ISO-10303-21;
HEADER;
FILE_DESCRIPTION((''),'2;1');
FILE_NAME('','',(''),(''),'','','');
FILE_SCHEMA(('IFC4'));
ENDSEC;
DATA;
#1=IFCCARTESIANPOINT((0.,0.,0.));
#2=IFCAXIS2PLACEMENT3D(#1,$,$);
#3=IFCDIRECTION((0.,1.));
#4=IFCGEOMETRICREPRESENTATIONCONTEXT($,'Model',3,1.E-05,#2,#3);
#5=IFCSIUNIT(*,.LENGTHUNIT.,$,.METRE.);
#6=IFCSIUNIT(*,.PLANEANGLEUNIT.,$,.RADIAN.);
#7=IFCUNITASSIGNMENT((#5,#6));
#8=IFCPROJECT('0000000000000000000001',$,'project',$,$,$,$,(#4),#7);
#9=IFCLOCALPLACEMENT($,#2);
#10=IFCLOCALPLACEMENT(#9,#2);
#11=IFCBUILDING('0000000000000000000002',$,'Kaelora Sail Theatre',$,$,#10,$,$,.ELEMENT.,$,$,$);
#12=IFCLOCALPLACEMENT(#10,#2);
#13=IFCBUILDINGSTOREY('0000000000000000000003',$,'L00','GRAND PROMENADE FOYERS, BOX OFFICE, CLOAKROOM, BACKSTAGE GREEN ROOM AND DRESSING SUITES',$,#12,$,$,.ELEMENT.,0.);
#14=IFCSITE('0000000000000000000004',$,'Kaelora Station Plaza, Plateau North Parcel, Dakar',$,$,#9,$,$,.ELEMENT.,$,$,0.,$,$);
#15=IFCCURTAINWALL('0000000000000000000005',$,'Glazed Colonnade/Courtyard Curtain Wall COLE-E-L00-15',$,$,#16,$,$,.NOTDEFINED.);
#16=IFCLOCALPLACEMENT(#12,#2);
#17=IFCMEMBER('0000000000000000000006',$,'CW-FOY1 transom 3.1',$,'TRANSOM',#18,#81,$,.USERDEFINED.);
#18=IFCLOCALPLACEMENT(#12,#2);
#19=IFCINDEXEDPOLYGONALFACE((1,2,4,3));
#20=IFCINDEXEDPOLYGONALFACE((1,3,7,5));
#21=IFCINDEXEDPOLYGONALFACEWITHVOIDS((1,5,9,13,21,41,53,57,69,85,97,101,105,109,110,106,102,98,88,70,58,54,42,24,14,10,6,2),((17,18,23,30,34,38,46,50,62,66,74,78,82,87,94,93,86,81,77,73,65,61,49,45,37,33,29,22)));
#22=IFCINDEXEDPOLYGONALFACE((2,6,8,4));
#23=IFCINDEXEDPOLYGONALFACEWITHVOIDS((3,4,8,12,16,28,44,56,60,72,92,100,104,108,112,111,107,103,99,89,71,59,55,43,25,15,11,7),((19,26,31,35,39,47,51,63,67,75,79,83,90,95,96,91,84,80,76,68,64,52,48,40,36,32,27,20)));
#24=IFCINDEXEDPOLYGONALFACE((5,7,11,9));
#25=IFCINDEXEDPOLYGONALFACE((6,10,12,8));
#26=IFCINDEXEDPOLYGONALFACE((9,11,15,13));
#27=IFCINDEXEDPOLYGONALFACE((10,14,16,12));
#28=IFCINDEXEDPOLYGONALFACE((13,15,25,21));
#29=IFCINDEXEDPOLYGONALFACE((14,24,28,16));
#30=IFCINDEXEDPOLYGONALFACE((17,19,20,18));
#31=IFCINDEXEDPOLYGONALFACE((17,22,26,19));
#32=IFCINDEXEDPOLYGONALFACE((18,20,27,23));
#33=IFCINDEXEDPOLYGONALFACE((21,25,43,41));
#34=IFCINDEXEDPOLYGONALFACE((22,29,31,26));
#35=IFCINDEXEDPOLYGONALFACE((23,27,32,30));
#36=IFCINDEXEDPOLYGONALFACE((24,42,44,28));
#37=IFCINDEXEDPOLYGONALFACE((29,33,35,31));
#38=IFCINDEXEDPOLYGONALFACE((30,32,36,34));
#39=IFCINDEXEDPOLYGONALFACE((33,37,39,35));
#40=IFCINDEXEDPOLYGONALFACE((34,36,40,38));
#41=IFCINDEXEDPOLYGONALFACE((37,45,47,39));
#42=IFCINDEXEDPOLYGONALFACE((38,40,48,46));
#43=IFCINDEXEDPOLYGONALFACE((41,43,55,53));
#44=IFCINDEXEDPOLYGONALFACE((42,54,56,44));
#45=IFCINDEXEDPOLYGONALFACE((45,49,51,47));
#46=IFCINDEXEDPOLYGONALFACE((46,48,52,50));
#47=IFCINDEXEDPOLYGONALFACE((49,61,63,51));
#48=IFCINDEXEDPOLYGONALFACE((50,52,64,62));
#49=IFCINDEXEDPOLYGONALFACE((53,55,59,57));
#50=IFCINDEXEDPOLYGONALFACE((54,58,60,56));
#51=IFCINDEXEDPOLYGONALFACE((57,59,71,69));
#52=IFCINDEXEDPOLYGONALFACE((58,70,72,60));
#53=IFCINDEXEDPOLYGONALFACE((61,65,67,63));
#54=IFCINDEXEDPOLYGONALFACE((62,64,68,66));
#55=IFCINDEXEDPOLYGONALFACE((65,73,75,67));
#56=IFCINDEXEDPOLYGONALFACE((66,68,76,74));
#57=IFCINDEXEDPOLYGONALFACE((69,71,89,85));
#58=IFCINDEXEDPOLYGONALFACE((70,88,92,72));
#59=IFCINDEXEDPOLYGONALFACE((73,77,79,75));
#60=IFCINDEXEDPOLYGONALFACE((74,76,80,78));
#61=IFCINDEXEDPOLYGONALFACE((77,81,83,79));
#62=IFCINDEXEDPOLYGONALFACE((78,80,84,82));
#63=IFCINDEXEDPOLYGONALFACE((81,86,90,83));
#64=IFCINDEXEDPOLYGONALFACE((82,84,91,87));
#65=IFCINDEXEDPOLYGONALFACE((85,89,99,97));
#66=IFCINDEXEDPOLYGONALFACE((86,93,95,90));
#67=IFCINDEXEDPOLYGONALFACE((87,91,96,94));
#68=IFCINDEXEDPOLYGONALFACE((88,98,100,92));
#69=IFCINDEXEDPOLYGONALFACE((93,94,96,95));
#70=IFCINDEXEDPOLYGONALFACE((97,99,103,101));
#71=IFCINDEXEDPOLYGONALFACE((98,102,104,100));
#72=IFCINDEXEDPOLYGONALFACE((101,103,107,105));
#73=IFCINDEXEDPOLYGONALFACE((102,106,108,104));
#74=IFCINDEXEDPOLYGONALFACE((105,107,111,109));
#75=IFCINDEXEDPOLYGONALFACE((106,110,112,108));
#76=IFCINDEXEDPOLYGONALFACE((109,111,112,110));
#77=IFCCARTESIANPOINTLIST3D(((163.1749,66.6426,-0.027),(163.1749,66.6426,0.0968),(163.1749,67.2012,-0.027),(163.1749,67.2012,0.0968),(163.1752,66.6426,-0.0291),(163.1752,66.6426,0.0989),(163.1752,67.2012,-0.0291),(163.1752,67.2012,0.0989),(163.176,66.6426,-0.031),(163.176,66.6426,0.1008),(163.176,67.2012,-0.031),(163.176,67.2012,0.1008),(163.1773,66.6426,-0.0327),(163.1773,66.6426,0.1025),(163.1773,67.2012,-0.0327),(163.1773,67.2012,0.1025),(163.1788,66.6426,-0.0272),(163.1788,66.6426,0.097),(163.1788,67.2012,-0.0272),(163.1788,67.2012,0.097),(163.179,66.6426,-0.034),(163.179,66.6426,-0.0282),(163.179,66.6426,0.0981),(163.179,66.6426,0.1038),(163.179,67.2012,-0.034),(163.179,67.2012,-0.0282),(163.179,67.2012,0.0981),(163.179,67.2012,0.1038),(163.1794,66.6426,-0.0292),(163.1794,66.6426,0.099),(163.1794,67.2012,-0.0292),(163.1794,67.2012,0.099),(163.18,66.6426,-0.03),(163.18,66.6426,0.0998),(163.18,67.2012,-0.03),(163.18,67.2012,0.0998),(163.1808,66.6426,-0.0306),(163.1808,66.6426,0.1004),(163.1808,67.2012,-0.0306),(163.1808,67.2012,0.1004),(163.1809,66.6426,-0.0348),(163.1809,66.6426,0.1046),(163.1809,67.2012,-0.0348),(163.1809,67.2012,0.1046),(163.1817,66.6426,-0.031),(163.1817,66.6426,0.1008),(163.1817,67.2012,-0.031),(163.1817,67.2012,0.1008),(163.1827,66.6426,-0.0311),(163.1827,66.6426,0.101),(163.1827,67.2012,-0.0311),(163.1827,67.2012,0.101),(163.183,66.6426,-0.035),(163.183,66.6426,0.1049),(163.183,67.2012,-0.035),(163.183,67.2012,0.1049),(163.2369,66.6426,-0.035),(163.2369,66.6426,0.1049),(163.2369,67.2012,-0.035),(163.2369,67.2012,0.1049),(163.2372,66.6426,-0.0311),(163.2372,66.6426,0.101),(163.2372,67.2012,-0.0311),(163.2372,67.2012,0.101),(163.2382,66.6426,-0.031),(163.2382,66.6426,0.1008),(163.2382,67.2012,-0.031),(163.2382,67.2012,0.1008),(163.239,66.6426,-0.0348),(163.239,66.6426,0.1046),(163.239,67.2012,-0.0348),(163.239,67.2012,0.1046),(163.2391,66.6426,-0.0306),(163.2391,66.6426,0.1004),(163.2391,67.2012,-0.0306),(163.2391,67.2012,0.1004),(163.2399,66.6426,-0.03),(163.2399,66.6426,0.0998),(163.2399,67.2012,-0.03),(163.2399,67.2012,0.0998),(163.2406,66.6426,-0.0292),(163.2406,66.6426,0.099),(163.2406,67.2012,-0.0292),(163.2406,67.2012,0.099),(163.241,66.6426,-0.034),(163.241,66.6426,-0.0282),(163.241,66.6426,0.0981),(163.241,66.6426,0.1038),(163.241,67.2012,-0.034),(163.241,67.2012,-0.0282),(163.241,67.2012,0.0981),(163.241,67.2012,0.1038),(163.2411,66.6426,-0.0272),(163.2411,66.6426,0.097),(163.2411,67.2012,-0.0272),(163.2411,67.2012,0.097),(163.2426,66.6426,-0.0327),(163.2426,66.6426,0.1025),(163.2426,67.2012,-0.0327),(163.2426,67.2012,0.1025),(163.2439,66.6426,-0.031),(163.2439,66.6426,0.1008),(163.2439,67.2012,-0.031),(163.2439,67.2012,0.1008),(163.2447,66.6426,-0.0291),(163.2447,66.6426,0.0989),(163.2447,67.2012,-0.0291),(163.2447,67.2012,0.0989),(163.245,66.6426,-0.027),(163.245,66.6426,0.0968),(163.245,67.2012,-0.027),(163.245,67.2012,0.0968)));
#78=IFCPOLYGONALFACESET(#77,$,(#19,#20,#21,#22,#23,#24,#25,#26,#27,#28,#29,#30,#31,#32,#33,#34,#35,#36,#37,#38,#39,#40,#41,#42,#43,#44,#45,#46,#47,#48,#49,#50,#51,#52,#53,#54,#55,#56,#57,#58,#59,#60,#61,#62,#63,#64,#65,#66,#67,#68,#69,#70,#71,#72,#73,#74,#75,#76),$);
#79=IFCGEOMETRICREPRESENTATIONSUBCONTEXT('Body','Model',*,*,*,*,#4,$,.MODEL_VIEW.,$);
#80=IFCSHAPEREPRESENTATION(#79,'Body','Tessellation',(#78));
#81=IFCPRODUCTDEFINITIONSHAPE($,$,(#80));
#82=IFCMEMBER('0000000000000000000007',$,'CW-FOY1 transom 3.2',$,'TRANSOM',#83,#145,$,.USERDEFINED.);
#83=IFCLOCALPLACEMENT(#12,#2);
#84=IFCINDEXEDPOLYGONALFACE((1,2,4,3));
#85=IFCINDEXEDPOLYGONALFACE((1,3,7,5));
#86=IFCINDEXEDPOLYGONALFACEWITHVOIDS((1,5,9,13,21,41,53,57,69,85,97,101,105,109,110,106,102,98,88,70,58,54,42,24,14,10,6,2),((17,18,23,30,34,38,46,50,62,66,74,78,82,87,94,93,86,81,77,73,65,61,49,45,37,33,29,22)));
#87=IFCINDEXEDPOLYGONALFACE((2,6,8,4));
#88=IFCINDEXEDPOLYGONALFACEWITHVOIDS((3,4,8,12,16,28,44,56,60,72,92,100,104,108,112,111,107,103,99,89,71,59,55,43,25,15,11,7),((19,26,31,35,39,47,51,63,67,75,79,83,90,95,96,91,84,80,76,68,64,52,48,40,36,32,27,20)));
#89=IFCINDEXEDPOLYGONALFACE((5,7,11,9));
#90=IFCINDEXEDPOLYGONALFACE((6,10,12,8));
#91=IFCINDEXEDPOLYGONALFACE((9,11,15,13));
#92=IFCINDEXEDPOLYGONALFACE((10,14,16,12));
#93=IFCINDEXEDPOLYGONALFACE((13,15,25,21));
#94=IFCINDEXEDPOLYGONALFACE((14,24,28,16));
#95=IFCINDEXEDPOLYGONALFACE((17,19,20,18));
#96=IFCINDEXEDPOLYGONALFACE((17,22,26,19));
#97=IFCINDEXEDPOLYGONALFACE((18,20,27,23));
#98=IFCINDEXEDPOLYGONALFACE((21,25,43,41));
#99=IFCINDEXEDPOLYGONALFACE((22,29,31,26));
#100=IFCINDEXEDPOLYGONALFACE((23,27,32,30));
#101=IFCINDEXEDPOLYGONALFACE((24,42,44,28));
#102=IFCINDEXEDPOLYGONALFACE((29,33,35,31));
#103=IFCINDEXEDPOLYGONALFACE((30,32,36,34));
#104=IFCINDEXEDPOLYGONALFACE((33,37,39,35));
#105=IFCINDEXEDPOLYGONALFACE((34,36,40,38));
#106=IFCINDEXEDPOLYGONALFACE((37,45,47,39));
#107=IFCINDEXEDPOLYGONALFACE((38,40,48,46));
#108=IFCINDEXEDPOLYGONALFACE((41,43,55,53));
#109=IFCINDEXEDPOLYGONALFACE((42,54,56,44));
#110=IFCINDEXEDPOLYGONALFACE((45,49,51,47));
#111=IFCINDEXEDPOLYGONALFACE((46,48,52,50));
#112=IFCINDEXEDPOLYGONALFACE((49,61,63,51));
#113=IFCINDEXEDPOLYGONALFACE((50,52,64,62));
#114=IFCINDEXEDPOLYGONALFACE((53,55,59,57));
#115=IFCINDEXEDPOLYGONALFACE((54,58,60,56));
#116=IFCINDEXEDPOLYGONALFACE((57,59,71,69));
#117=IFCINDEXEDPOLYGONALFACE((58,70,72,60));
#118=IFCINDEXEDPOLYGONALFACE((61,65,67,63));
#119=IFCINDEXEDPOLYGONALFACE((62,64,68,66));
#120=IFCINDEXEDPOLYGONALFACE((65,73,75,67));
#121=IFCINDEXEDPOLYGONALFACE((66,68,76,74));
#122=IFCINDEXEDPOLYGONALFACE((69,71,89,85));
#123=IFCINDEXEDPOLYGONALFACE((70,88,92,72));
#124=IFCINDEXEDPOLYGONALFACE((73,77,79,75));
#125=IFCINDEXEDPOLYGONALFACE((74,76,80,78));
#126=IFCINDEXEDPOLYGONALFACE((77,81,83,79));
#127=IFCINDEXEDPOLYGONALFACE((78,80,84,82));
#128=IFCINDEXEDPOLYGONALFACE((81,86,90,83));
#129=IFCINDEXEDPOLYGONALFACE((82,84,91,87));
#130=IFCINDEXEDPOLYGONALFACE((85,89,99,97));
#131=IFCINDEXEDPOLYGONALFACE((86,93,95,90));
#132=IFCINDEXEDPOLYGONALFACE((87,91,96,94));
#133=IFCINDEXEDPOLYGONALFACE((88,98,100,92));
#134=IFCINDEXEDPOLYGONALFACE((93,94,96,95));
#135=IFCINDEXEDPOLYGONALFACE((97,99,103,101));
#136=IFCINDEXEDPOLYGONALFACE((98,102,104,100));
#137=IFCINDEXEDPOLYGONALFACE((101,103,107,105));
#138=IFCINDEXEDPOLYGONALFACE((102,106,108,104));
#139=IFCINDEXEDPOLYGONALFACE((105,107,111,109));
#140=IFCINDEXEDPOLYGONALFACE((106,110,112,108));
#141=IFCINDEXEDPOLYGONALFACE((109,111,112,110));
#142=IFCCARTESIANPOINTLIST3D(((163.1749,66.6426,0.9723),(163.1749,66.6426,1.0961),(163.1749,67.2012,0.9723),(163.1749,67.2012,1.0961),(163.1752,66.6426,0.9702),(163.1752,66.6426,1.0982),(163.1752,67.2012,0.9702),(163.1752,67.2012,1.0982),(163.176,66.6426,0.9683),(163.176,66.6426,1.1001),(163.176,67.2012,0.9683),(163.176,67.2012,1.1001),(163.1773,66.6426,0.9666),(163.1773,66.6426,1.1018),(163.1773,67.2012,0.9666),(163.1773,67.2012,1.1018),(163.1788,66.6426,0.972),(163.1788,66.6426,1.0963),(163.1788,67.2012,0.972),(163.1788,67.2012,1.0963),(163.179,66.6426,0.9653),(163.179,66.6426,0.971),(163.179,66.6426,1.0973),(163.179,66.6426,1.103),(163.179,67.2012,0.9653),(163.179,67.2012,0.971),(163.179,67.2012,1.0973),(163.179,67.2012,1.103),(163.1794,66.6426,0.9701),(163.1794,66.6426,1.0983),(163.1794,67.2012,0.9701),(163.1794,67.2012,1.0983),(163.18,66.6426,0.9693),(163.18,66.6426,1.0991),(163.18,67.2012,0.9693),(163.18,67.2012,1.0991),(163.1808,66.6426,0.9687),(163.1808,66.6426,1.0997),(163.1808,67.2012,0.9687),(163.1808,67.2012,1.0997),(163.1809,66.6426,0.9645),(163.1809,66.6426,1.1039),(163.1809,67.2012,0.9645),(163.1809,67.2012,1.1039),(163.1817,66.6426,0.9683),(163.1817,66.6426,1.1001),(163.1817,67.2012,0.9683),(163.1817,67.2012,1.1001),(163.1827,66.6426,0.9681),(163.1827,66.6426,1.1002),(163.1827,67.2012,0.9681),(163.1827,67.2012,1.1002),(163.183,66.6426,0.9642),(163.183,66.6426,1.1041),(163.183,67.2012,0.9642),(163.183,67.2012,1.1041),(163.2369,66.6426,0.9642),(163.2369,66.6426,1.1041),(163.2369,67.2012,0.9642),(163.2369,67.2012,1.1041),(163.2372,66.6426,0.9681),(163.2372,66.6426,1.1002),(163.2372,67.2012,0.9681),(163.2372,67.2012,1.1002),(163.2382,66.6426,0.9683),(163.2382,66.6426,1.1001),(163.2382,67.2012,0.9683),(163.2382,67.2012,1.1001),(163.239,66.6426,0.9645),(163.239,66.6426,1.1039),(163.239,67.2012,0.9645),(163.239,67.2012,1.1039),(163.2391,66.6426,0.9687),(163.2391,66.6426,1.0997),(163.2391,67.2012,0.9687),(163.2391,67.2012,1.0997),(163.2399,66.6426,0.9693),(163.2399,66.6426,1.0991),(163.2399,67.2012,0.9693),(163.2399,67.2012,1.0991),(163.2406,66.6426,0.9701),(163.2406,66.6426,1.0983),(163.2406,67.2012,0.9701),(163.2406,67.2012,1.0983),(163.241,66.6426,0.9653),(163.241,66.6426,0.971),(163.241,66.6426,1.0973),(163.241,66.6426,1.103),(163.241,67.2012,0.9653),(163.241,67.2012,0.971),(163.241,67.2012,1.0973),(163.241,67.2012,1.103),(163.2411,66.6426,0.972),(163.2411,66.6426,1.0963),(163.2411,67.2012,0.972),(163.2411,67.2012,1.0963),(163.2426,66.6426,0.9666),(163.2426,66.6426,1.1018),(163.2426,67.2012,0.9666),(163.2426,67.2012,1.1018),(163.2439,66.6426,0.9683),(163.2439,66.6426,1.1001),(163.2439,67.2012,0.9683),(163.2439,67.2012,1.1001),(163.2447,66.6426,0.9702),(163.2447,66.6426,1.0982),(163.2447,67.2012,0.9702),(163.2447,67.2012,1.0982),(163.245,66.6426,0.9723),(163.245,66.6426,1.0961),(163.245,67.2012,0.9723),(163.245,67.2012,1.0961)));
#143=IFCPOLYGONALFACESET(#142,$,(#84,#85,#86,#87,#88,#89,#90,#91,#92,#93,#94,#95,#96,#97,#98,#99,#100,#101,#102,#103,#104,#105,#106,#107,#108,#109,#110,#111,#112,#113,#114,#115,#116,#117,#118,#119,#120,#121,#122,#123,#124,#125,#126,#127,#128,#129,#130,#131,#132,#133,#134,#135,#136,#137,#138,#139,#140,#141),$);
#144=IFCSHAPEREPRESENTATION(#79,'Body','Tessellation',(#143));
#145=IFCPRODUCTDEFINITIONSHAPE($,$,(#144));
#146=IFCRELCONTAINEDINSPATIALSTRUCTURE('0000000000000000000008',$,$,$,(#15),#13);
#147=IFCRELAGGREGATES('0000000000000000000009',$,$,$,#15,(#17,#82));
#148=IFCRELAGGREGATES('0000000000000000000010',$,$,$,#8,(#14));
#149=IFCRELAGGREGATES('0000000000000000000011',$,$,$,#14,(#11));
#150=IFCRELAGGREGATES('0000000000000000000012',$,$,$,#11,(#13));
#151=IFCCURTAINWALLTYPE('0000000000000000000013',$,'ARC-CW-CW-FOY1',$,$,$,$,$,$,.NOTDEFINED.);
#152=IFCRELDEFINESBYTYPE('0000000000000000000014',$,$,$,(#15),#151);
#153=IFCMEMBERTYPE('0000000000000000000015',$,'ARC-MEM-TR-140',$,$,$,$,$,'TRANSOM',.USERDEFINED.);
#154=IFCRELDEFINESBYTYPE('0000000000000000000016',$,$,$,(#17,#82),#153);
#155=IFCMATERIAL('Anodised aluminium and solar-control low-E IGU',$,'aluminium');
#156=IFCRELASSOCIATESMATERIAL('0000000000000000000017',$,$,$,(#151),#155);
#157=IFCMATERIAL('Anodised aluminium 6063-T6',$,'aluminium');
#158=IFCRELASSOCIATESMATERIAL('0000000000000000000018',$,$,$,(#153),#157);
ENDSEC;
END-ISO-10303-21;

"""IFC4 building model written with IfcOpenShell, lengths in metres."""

from ifc_helpers import new_model, si_unit, direction, frame, origin, origin_2d, place, context, subcontext, project, spatial, hollow_rectangle, extrude, material, material_profile, profile_set, type_object, element, aggregate, save


model = new_model("IFC4")

# Units and contexts
model_context = context("Model", 3, precision=1e-05, world=origin(), true_north=direction((0.0, 1.0)))
body_context = subcontext(model_context, "Body", "Model", "MODEL_VIEW")
ifc_project = project(units=[si_unit("LENGTHUNIT", "METRE"), si_unit("PLANEANGLEUNIT", "RADIAN")], contexts=[model_context])

# Site, building, storey
site_placement = place(None, origin())
site = spatial("IfcSite", under=ifc_project, at=site_placement, Name="Kaelora Station Plaza, Plateau North Parcel, Dakar", CompositionType="ELEMENT", RefElevation=0.0)
building_placement = place(site_placement, origin())
building = spatial("IfcBuilding", under=site, at=building_placement, Name="Kaelora Sail Theatre", CompositionType="ELEMENT")
storey_placement = place(building_placement, origin())
storey = spatial("IfcBuildingStorey", under=building, at=storey_placement, Name="L00", Description="GRAND PROMENADE FOYERS, BOX OFFICE, CLOAKROOM, BACKSTAGE GREEN ROOM AND DRESSING SUITES", CompositionType="ELEMENT", Elevation=0.0)

# Curtain wall, members
ifc_material_1 = material(Name="Anodised aluminium and solar-control low-E IGU", Category="aluminium")
curtain_wall_type = type_object("IfcCurtainWallType", Name="ARC-CW-CW-FOY1", PredefinedType="NOTDEFINED", material=ifc_material_1)
curtain_wall_placement = place(storey_placement, origin())
curtain_wall = element("IfcCurtainWall", 1, at=curtain_wall_placement, inside=storey, type_object=curtain_wall_type, Name="Glazed Colonnade/Courtyard Curtain Wall COLE-E-L00-15", PredefinedType="NOTDEFINED")
ifc_material_2 = material(Name="Anodised aluminium 6063-T6", Category="aluminium")
ifc_material_profile_1 = material_profile(ifc_material_2, hollow_rectangle(XDim=0.0701, YDim=0.1399, WallThickness=0.0039, InnerFilletRadius=0.0039, OuterFilletRadius=0.0081, at=origin_2d()), Name="ALU-TRAN 70x140x4")
ifc_profile_set_1 = profile_set([ifc_material_profile_1], Name="Anodised aluminium 6063-T6")
member_type_1 = type_object("IfcMemberType", Name="ARC-MEM-TR-140", ElementType="TRANSOM", PredefinedType="USERDEFINED", material=ifc_profile_set_1)
member_1_placement = place(storey_placement, frame((163.21, 66.6426, 0.0349), z_axis=(0.0, 1.0, 0.0), x_axis=(-1.0, 0.0, 0.0)))
member_1 = element("IfcMember", 2, at=member_1_placement, type_object=member_type_1, Name="CW-FOY1 transom 3.1", ObjectType="TRANSOM", PredefinedType="USERDEFINED", context=body_context, shape_type="SweptSolid", body=[
    extrude(hollow_rectangle(XDim=0.0701, YDim=0.1399, WallThickness=0.0039, InnerFilletRadius=0.0039, OuterFilletRadius=0.0081, at=origin_2d()), origin(), (0.0, 0.0, 1.0), 0.5586),
])
member_2_placement = place(storey_placement, frame((163.21, 66.6426, 1.0342), z_axis=(0.0, 1.0, 0.0), x_axis=(-1.0, 0.0, 0.0)))
member_2 = element("IfcMember", 3, at=member_2_placement, type_object=member_type_1, Name="CW-FOY1 transom 3.2", ObjectType="TRANSOM", PredefinedType="USERDEFINED", context=body_context, shape_type="SweptSolid", body=[
    extrude(hollow_rectangle(XDim=0.0701, YDim=0.1399, WallThickness=0.0039, InnerFilletRadius=0.0039, OuterFilletRadius=0.0081, at=origin_2d()), origin(), (0.0, 0.0, 1.0), 0.5586),
])
aggregate(curtain_wall, [member_1, member_2])

save(model, "model.ifc")
